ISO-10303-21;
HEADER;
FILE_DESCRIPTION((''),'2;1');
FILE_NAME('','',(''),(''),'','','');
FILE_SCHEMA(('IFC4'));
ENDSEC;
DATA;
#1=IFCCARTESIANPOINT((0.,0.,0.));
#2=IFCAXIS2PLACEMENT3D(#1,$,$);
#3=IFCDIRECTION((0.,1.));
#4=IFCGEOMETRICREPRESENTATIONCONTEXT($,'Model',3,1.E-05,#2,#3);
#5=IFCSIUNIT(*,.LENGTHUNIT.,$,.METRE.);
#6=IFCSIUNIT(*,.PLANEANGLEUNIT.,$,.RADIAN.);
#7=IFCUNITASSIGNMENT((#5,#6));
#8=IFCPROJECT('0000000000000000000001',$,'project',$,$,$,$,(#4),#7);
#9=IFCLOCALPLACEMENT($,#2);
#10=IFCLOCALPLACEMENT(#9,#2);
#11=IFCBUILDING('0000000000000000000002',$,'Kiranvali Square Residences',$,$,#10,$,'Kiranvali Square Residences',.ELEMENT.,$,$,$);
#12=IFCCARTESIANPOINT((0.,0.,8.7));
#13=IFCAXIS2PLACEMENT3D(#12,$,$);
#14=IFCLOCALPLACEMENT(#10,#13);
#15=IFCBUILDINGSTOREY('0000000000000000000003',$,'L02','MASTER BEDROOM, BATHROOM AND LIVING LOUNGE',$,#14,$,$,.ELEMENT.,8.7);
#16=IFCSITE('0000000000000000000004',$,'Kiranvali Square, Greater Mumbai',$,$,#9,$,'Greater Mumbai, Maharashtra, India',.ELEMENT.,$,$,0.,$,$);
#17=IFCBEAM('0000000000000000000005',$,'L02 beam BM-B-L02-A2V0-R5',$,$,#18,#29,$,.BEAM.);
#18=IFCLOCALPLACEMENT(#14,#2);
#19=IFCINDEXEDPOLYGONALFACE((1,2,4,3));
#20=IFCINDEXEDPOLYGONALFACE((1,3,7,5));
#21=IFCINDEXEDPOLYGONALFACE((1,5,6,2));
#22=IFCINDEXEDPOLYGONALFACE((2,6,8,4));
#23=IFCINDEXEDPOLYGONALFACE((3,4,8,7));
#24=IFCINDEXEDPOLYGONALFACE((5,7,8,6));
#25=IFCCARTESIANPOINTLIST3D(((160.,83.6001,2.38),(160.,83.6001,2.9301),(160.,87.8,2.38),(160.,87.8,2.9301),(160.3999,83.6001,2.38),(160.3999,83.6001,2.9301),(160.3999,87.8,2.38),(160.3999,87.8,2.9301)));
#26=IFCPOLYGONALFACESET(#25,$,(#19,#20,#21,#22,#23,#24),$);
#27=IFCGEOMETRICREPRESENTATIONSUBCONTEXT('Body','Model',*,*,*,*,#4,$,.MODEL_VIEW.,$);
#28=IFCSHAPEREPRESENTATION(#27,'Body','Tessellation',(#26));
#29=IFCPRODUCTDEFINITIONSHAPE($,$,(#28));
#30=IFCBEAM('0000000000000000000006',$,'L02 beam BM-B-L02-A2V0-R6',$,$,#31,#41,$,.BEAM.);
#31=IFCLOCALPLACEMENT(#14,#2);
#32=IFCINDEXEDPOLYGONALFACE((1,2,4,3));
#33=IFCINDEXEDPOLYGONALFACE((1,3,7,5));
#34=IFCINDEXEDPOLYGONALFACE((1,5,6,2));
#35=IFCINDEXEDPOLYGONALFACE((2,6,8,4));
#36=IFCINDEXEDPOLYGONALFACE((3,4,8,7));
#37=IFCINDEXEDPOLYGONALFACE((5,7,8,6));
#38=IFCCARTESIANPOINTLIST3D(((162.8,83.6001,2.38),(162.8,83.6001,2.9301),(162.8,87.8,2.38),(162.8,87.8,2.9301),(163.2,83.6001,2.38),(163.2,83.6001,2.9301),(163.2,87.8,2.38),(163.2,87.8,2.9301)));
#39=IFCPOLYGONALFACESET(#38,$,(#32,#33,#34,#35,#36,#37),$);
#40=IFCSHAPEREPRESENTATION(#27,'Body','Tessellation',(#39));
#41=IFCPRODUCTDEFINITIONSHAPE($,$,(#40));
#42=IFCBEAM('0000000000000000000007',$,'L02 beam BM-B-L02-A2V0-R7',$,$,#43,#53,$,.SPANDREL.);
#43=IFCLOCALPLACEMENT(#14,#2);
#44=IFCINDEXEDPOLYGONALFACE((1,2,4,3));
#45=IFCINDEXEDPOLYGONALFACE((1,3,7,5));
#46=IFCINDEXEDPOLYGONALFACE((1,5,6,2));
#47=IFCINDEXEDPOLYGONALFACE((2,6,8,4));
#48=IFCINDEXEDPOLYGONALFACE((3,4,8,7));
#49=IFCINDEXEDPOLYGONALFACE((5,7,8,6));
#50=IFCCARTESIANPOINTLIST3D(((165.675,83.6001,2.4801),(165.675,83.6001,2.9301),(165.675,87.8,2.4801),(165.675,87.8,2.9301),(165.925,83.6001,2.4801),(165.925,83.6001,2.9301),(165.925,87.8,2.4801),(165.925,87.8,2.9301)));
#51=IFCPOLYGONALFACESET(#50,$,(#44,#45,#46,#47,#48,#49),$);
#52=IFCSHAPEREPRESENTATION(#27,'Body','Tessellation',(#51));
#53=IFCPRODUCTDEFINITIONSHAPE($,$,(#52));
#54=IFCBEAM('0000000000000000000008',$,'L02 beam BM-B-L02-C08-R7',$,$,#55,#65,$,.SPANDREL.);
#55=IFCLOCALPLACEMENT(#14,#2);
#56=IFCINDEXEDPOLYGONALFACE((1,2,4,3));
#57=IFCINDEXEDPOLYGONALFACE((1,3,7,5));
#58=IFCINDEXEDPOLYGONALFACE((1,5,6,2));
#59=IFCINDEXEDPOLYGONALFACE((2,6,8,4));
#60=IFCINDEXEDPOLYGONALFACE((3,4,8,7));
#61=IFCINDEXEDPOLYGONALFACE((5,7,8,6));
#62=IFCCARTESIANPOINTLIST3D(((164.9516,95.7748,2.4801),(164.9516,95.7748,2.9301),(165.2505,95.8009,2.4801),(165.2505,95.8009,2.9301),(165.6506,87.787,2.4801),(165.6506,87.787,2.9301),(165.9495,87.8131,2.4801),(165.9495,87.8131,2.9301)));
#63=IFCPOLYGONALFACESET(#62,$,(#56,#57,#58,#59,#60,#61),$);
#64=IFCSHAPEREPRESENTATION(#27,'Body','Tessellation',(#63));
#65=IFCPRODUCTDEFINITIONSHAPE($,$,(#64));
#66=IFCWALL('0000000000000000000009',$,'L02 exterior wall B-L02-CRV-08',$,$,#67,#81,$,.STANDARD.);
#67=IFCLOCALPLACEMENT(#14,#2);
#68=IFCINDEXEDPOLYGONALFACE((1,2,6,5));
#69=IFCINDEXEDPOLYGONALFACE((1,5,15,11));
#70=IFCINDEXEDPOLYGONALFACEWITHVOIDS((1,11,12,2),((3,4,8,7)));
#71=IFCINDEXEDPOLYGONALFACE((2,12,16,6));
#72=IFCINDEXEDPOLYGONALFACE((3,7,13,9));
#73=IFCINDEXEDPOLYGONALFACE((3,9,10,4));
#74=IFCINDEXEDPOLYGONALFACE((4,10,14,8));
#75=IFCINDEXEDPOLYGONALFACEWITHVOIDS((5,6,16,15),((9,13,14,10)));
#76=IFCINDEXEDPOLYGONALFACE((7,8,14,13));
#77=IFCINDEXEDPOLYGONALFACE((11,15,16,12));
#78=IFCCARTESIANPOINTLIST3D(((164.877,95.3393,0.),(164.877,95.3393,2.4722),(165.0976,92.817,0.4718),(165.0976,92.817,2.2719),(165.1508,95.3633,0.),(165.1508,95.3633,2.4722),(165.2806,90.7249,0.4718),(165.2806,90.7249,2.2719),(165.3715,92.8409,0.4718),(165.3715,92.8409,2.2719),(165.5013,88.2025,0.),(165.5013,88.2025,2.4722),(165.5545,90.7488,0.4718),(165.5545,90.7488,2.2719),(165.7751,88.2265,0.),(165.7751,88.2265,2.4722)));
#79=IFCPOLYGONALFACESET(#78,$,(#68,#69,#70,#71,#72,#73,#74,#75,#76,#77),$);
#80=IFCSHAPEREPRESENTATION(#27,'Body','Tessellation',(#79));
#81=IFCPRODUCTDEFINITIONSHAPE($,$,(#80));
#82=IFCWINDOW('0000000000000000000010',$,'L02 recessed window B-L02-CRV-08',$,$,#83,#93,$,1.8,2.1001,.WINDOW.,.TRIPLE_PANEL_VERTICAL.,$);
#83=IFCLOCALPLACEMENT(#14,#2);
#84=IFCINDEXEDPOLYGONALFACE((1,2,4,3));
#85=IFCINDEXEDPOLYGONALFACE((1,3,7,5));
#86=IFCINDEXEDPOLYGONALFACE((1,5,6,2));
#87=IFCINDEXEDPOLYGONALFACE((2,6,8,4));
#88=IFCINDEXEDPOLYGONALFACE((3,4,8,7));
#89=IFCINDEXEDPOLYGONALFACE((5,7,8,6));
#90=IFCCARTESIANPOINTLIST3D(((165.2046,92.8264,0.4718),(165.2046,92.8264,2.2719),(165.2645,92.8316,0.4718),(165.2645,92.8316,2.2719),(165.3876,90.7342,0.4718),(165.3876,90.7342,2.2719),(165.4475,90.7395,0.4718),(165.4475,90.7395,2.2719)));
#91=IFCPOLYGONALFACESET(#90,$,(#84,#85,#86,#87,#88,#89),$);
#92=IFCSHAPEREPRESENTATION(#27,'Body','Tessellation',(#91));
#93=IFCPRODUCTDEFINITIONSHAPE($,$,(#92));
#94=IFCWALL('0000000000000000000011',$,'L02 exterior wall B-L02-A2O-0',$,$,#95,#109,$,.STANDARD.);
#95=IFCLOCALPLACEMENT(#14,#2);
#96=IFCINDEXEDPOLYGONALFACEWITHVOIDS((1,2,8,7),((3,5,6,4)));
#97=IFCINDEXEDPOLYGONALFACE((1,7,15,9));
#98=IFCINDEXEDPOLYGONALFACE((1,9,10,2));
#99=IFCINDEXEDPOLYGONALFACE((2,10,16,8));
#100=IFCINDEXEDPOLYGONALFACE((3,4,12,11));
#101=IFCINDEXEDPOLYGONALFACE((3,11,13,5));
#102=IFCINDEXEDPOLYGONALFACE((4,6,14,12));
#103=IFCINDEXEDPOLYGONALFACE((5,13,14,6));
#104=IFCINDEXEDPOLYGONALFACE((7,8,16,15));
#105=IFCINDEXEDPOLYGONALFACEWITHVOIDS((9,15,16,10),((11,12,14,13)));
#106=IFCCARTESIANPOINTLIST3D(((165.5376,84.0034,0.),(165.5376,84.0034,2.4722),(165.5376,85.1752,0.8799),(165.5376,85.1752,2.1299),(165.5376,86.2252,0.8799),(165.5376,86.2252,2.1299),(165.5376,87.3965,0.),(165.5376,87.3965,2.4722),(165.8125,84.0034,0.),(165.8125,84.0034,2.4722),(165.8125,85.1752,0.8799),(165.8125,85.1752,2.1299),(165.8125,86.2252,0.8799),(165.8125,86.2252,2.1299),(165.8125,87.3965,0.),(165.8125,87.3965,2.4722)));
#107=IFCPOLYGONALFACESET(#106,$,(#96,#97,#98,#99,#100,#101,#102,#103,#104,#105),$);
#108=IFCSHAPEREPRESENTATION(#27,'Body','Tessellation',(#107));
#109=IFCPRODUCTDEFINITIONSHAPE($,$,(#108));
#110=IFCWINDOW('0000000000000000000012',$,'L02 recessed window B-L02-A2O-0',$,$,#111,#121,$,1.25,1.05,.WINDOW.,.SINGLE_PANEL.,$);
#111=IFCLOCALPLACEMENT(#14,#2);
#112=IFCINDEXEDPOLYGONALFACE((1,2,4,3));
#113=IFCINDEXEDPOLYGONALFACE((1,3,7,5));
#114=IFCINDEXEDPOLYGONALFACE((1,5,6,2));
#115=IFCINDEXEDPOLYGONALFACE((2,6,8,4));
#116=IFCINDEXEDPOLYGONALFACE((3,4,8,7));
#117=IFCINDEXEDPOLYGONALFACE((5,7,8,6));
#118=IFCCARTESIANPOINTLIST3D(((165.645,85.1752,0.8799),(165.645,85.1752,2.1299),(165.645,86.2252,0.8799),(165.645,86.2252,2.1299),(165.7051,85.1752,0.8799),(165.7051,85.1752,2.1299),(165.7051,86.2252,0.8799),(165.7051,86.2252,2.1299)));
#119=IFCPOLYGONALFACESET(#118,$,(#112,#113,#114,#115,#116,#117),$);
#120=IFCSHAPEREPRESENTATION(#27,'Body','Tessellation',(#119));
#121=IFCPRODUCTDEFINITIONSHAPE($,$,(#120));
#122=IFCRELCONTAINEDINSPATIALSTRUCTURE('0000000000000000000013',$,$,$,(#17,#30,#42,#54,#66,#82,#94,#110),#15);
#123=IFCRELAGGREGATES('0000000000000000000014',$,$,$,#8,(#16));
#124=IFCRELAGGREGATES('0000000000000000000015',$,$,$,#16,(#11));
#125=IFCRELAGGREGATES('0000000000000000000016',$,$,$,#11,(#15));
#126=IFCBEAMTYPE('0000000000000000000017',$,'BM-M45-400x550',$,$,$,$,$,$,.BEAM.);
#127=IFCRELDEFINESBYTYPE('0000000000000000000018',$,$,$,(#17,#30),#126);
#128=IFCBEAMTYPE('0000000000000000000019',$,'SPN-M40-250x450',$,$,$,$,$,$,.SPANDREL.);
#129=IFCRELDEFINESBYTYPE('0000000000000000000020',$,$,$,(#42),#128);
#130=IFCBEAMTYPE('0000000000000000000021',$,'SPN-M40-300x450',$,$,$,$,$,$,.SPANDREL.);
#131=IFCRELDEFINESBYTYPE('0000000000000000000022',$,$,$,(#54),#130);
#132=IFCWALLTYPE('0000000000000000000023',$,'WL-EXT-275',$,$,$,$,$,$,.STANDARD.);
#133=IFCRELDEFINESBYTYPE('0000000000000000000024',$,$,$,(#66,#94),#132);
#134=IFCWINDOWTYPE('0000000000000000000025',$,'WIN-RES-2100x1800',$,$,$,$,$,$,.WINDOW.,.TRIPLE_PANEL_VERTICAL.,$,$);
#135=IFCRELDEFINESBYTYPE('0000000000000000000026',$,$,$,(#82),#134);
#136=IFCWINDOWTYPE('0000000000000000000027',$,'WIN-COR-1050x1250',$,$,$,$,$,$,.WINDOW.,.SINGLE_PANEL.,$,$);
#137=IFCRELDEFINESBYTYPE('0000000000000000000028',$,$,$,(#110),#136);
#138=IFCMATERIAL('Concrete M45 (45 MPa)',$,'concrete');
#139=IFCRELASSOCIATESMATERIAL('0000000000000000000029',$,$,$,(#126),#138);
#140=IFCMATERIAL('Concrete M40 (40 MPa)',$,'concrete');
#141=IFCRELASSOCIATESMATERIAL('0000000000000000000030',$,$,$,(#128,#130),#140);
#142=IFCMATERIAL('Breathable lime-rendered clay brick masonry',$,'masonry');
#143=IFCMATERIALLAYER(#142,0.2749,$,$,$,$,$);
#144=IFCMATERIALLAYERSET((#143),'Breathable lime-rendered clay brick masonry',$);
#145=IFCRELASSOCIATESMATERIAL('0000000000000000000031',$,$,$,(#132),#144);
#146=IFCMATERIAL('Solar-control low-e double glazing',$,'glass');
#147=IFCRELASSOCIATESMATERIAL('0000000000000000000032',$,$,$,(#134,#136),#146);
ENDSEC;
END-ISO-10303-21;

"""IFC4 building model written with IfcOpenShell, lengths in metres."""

from ifc_helpers import new_model, si_unit, direction, frame, frame_2d, origin, origin_2d, place, context, subcontext, project, spatial, rectangle, extrude, material, layer, layer_set, material_profile, profile_set, type_object, element, fill, save


model = new_model("IFC4")

# Units and contexts
model_context = context("Model", 3, precision=1e-05, world=origin(), true_north=direction((0.0, 1.0)))
body_context = subcontext(model_context, "Body", "Model", "MODEL_VIEW")
ifc_project = project(units=[si_unit("LENGTHUNIT", "METRE"), si_unit("PLANEANGLEUNIT", "RADIAN")], contexts=[model_context])

# Site, building, storey
site_placement = place(None, origin())
site = spatial("IfcSite", under=ifc_project, at=site_placement, Name="Kiranvali Square, Greater Mumbai", LongName="Greater Mumbai, Maharashtra, India", CompositionType="ELEMENT", RefElevation=0.0)
building_placement = place(site_placement, origin())
building = spatial("IfcBuilding", under=site, at=building_placement, Name="Kiranvali Square Residences", LongName="Kiranvali Square Residences", CompositionType="ELEMENT")
storey_placement = place(building_placement, frame((0.0, 0.0, 8.7)))
storey = spatial("IfcBuildingStorey", under=building, at=storey_placement, Name="L02", Description="MASTER BEDROOM, BATHROOM AND LIVING LOUNGE", CompositionType="ELEMENT", Elevation=8.7)

# Beams
ifc_material_1 = material(Name="Concrete M40 (40 MPa)", Category="concrete")
ifc_material_2 = material(Name="Concrete M45 (45 MPa)", Category="concrete")
ifc_material_profile_1 = material_profile(ifc_material_2, rectangle(XDim=0.3999, YDim=0.55, at=origin_2d()), Name="RC 400x550")
ifc_profile_set_1 = profile_set([ifc_material_profile_1], Name="Concrete M45 (45 MPa)")
beam_type_1 = type_object("IfcBeamType", Name="BM-M45-400x550", PredefinedType="BEAM", material=ifc_profile_set_1)
for number, where, z_axis, x_axis, name in (
    (1, (160.2, 87.8, 2.655), (0.0, -1.0, 0.0), (1.0, 0.0, 0.0), "L02 beam BM-B-L02-A2V0-R5"),
    (2, (163.0, 87.8, 2.655), (0.0, -1.0, 0.0), (1.0, 0.0, 0.0), "L02 beam BM-B-L02-A2V0-R6"),
):
    element("IfcBeam", number, at=place(storey_placement, frame(where, z_axis=z_axis, x_axis=x_axis)), inside=storey, type_object=beam_type_1, Name=name, PredefinedType="BEAM", context=body_context, shape_type="SweptSolid", body=[
        extrude(rectangle(XDim=0.3999, YDim=0.55, at=origin_2d()), origin(), (0.0, 0.0, 1.0), 4.2),
    ])
ifc_material_profile_2 = material_profile(ifc_material_1, rectangle(XDim=0.25, YDim=0.45, at=origin_2d()), Name="RC 250x450")
ifc_profile_set_2 = profile_set([ifc_material_profile_2], Name="Concrete M40 (40 MPa)")
beam_type_2 = type_object("IfcBeamType", Name="SPN-M40-250x450", PredefinedType="SPANDREL", material=ifc_profile_set_2)
beam_1_placement = place(storey_placement, frame((165.8, 87.8, 2.7051), z_axis=(0.0, -1.0, 0.0), x_axis=(1.0, 0.0, 0.0)))
element("IfcBeam", 3, at=beam_1_placement, inside=storey, type_object=beam_type_2, Name="L02 beam BM-B-L02-A2V0-R7", PredefinedType="SPANDREL", context=body_context, shape_type="SweptSolid", body=[
    extrude(rectangle(XDim=0.25, YDim=0.45, at=origin_2d()), origin(), (0.0, 0.0, 1.0), 4.2),
])
ifc_material_profile_3 = material_profile(ifc_material_1, rectangle(XDim=0.3, YDim=0.45, at=origin_2d()), Name="RC 300x450")
ifc_profile_set_3 = profile_set([ifc_material_profile_3], Name="Concrete M40 (40 MPa)")
beam_type_3 = type_object("IfcBeamType", Name="SPN-M40-300x450", PredefinedType="SPANDREL", material=ifc_profile_set_3)
beam_2_placement = place(storey_placement, frame((165.1011, 95.7878, 2.7051), z_axis=(0.087172, -0.996193, 0.0), x_axis=(0.996193, 0.087172, 0.0)))
element("IfcBeam", 4, at=beam_2_placement, inside=storey, type_object=beam_type_3, Name="L02 beam BM-B-L02-C08-R7", PredefinedType="SPANDREL", context=body_context, shape_type="SweptSolid", body=[
    extrude(rectangle(XDim=0.3, YDim=0.45, at=origin_2d()), origin(), (0.0, 0.0, 1.0), 8.0183),
])

# Walls, openings, windows
ifc_material_3 = material(Name="Breathable lime-rendered clay brick masonry", Category="masonry")
ifc_layer = layer(ifc_material_3, 0.2749)
ifc_layer_set = layer_set([ifc_layer], Name="Breathable lime-rendered clay brick masonry")
wall_type = type_object("IfcWallType", Name="WL-EXT-275", PredefinedType="STANDARD", material=ifc_layer_set)
wall_1_placement = place(storey_placement, frame((165.0139, 95.3513, 0.0), z_axis=(0.0, 0.0, 1.0), x_axis=(0.08714, -0.996196, 0.0)))
wall_1 = element("IfcWall", 5, at=wall_1_placement, inside=storey, type_object=wall_type, Name="L02 exterior wall B-L02-CRV-08", PredefinedType="STANDARD", context=body_context, shape_type="SweptSolid", body=[
    extrude(rectangle(XDim=7.1641, YDim=0.2749, at=frame_2d((3.582, 0.0))), origin(), (0.0, 0.0, 1.0), 2.4722),
])
opening_1_placement = place(wall_1_placement, frame((2.532, 0.0, 0.4719)))
opening_1 = element("IfcOpeningElement", 6, at=opening_1_placement, cuts=wall_1, PredefinedType="OPENING", context=body_context, shape_type="SweptSolid", body=[
    extrude(rectangle(XDim=2.1001, YDim=1.8, at=frame_2d((1.05, 0.8999))), frame((0.0, 0.1475, 0.0), z_axis=(0.0, -1.0, 0.0), x_axis=(1.0, 0.0, 0.0)), (0.0, 0.0, 1.0), 0.2949),
])
ifc_material_4 = material(Name="Solar-control low-e double glazing", Category="glass")
window_type_1 = type_object("IfcWindowType", Name="WIN-RES-2100x1800", PartitioningType="TRIPLE_PANEL_VERTICAL", PredefinedType="WINDOW", material=ifc_material_4)
window_1_placement = place(opening_1_placement, origin())
window_1 = element("IfcWindow", 7, at=window_1_placement, inside=storey, type_object=window_type_1, Name="L02 recessed window B-L02-CRV-08", OverallHeight=1.8, OverallWidth=2.1001, PartitioningType="TRIPLE_PANEL_VERTICAL", PredefinedType="WINDOW", context=body_context, shape_type="SweptSolid", body=[
    extrude(rectangle(XDim=2.1001, YDim=1.8, at=frame_2d((1.05, 0.8999))), frame((0.0, 0.03, 0.0), z_axis=(0.0, -1.0, 0.0), x_axis=(1.0, 0.0, 0.0)), (0.0, 0.0, 1.0), 0.0601),
])
fill(opening_1, window_1)
wall_2_placement = place(storey_placement, frame((165.675, 87.3965, 0.0), z_axis=(0.0, 0.0, 1.0), x_axis=(0.0, -1.0, 0.0)))
wall_2 = element("IfcWall", 8, at=wall_2_placement, inside=storey, type_object=wall_type, Name="L02 exterior wall B-L02-A2O-0", PredefinedType="STANDARD", context=body_context, shape_type="SweptSolid", body=[
    extrude(rectangle(XDim=3.3931, YDim=0.2749, at=frame_2d((1.6965, 0.0))), origin(), (0.0, 0.0, 1.0), 2.4722),
])
opening_2_placement = place(wall_2_placement, frame((1.1714, 0.0, 0.8799)))
opening_2 = element("IfcOpeningElement", 9, at=opening_2_placement, cuts=wall_2, PredefinedType="OPENING", context=body_context, shape_type="SweptSolid", body=[
    extrude(rectangle(XDim=1.05, YDim=1.25, at=frame_2d((0.5249, 0.625))), frame((0.0, 0.1475, 0.0), z_axis=(0.0, -1.0, 0.0), x_axis=(1.0, 0.0, 0.0)), (0.0, 0.0, 1.0), 0.2949),
])
window_type_2 = type_object("IfcWindowType", Name="WIN-COR-1050x1250", PartitioningType="SINGLE_PANEL", PredefinedType="WINDOW", material=ifc_material_4)
window_2_placement = place(opening_2_placement, origin())
window_2 = element("IfcWindow", 10, at=window_2_placement, inside=storey, type_object=window_type_2, Name="L02 recessed window B-L02-A2O-0", OverallHeight=1.25, OverallWidth=1.05, PartitioningType="SINGLE_PANEL", PredefinedType="WINDOW", context=body_context, shape_type="SweptSolid", body=[
    extrude(rectangle(XDim=1.05, YDim=1.25, at=frame_2d((0.5249, 0.625))), frame((0.0, 0.03, 0.0), z_axis=(0.0, -1.0, 0.0), x_axis=(1.0, 0.0, 0.0)), (0.0, 0.0, 1.0), 0.0601),
])
fill(opening_2, window_2)

save(model, "model.ifc")
